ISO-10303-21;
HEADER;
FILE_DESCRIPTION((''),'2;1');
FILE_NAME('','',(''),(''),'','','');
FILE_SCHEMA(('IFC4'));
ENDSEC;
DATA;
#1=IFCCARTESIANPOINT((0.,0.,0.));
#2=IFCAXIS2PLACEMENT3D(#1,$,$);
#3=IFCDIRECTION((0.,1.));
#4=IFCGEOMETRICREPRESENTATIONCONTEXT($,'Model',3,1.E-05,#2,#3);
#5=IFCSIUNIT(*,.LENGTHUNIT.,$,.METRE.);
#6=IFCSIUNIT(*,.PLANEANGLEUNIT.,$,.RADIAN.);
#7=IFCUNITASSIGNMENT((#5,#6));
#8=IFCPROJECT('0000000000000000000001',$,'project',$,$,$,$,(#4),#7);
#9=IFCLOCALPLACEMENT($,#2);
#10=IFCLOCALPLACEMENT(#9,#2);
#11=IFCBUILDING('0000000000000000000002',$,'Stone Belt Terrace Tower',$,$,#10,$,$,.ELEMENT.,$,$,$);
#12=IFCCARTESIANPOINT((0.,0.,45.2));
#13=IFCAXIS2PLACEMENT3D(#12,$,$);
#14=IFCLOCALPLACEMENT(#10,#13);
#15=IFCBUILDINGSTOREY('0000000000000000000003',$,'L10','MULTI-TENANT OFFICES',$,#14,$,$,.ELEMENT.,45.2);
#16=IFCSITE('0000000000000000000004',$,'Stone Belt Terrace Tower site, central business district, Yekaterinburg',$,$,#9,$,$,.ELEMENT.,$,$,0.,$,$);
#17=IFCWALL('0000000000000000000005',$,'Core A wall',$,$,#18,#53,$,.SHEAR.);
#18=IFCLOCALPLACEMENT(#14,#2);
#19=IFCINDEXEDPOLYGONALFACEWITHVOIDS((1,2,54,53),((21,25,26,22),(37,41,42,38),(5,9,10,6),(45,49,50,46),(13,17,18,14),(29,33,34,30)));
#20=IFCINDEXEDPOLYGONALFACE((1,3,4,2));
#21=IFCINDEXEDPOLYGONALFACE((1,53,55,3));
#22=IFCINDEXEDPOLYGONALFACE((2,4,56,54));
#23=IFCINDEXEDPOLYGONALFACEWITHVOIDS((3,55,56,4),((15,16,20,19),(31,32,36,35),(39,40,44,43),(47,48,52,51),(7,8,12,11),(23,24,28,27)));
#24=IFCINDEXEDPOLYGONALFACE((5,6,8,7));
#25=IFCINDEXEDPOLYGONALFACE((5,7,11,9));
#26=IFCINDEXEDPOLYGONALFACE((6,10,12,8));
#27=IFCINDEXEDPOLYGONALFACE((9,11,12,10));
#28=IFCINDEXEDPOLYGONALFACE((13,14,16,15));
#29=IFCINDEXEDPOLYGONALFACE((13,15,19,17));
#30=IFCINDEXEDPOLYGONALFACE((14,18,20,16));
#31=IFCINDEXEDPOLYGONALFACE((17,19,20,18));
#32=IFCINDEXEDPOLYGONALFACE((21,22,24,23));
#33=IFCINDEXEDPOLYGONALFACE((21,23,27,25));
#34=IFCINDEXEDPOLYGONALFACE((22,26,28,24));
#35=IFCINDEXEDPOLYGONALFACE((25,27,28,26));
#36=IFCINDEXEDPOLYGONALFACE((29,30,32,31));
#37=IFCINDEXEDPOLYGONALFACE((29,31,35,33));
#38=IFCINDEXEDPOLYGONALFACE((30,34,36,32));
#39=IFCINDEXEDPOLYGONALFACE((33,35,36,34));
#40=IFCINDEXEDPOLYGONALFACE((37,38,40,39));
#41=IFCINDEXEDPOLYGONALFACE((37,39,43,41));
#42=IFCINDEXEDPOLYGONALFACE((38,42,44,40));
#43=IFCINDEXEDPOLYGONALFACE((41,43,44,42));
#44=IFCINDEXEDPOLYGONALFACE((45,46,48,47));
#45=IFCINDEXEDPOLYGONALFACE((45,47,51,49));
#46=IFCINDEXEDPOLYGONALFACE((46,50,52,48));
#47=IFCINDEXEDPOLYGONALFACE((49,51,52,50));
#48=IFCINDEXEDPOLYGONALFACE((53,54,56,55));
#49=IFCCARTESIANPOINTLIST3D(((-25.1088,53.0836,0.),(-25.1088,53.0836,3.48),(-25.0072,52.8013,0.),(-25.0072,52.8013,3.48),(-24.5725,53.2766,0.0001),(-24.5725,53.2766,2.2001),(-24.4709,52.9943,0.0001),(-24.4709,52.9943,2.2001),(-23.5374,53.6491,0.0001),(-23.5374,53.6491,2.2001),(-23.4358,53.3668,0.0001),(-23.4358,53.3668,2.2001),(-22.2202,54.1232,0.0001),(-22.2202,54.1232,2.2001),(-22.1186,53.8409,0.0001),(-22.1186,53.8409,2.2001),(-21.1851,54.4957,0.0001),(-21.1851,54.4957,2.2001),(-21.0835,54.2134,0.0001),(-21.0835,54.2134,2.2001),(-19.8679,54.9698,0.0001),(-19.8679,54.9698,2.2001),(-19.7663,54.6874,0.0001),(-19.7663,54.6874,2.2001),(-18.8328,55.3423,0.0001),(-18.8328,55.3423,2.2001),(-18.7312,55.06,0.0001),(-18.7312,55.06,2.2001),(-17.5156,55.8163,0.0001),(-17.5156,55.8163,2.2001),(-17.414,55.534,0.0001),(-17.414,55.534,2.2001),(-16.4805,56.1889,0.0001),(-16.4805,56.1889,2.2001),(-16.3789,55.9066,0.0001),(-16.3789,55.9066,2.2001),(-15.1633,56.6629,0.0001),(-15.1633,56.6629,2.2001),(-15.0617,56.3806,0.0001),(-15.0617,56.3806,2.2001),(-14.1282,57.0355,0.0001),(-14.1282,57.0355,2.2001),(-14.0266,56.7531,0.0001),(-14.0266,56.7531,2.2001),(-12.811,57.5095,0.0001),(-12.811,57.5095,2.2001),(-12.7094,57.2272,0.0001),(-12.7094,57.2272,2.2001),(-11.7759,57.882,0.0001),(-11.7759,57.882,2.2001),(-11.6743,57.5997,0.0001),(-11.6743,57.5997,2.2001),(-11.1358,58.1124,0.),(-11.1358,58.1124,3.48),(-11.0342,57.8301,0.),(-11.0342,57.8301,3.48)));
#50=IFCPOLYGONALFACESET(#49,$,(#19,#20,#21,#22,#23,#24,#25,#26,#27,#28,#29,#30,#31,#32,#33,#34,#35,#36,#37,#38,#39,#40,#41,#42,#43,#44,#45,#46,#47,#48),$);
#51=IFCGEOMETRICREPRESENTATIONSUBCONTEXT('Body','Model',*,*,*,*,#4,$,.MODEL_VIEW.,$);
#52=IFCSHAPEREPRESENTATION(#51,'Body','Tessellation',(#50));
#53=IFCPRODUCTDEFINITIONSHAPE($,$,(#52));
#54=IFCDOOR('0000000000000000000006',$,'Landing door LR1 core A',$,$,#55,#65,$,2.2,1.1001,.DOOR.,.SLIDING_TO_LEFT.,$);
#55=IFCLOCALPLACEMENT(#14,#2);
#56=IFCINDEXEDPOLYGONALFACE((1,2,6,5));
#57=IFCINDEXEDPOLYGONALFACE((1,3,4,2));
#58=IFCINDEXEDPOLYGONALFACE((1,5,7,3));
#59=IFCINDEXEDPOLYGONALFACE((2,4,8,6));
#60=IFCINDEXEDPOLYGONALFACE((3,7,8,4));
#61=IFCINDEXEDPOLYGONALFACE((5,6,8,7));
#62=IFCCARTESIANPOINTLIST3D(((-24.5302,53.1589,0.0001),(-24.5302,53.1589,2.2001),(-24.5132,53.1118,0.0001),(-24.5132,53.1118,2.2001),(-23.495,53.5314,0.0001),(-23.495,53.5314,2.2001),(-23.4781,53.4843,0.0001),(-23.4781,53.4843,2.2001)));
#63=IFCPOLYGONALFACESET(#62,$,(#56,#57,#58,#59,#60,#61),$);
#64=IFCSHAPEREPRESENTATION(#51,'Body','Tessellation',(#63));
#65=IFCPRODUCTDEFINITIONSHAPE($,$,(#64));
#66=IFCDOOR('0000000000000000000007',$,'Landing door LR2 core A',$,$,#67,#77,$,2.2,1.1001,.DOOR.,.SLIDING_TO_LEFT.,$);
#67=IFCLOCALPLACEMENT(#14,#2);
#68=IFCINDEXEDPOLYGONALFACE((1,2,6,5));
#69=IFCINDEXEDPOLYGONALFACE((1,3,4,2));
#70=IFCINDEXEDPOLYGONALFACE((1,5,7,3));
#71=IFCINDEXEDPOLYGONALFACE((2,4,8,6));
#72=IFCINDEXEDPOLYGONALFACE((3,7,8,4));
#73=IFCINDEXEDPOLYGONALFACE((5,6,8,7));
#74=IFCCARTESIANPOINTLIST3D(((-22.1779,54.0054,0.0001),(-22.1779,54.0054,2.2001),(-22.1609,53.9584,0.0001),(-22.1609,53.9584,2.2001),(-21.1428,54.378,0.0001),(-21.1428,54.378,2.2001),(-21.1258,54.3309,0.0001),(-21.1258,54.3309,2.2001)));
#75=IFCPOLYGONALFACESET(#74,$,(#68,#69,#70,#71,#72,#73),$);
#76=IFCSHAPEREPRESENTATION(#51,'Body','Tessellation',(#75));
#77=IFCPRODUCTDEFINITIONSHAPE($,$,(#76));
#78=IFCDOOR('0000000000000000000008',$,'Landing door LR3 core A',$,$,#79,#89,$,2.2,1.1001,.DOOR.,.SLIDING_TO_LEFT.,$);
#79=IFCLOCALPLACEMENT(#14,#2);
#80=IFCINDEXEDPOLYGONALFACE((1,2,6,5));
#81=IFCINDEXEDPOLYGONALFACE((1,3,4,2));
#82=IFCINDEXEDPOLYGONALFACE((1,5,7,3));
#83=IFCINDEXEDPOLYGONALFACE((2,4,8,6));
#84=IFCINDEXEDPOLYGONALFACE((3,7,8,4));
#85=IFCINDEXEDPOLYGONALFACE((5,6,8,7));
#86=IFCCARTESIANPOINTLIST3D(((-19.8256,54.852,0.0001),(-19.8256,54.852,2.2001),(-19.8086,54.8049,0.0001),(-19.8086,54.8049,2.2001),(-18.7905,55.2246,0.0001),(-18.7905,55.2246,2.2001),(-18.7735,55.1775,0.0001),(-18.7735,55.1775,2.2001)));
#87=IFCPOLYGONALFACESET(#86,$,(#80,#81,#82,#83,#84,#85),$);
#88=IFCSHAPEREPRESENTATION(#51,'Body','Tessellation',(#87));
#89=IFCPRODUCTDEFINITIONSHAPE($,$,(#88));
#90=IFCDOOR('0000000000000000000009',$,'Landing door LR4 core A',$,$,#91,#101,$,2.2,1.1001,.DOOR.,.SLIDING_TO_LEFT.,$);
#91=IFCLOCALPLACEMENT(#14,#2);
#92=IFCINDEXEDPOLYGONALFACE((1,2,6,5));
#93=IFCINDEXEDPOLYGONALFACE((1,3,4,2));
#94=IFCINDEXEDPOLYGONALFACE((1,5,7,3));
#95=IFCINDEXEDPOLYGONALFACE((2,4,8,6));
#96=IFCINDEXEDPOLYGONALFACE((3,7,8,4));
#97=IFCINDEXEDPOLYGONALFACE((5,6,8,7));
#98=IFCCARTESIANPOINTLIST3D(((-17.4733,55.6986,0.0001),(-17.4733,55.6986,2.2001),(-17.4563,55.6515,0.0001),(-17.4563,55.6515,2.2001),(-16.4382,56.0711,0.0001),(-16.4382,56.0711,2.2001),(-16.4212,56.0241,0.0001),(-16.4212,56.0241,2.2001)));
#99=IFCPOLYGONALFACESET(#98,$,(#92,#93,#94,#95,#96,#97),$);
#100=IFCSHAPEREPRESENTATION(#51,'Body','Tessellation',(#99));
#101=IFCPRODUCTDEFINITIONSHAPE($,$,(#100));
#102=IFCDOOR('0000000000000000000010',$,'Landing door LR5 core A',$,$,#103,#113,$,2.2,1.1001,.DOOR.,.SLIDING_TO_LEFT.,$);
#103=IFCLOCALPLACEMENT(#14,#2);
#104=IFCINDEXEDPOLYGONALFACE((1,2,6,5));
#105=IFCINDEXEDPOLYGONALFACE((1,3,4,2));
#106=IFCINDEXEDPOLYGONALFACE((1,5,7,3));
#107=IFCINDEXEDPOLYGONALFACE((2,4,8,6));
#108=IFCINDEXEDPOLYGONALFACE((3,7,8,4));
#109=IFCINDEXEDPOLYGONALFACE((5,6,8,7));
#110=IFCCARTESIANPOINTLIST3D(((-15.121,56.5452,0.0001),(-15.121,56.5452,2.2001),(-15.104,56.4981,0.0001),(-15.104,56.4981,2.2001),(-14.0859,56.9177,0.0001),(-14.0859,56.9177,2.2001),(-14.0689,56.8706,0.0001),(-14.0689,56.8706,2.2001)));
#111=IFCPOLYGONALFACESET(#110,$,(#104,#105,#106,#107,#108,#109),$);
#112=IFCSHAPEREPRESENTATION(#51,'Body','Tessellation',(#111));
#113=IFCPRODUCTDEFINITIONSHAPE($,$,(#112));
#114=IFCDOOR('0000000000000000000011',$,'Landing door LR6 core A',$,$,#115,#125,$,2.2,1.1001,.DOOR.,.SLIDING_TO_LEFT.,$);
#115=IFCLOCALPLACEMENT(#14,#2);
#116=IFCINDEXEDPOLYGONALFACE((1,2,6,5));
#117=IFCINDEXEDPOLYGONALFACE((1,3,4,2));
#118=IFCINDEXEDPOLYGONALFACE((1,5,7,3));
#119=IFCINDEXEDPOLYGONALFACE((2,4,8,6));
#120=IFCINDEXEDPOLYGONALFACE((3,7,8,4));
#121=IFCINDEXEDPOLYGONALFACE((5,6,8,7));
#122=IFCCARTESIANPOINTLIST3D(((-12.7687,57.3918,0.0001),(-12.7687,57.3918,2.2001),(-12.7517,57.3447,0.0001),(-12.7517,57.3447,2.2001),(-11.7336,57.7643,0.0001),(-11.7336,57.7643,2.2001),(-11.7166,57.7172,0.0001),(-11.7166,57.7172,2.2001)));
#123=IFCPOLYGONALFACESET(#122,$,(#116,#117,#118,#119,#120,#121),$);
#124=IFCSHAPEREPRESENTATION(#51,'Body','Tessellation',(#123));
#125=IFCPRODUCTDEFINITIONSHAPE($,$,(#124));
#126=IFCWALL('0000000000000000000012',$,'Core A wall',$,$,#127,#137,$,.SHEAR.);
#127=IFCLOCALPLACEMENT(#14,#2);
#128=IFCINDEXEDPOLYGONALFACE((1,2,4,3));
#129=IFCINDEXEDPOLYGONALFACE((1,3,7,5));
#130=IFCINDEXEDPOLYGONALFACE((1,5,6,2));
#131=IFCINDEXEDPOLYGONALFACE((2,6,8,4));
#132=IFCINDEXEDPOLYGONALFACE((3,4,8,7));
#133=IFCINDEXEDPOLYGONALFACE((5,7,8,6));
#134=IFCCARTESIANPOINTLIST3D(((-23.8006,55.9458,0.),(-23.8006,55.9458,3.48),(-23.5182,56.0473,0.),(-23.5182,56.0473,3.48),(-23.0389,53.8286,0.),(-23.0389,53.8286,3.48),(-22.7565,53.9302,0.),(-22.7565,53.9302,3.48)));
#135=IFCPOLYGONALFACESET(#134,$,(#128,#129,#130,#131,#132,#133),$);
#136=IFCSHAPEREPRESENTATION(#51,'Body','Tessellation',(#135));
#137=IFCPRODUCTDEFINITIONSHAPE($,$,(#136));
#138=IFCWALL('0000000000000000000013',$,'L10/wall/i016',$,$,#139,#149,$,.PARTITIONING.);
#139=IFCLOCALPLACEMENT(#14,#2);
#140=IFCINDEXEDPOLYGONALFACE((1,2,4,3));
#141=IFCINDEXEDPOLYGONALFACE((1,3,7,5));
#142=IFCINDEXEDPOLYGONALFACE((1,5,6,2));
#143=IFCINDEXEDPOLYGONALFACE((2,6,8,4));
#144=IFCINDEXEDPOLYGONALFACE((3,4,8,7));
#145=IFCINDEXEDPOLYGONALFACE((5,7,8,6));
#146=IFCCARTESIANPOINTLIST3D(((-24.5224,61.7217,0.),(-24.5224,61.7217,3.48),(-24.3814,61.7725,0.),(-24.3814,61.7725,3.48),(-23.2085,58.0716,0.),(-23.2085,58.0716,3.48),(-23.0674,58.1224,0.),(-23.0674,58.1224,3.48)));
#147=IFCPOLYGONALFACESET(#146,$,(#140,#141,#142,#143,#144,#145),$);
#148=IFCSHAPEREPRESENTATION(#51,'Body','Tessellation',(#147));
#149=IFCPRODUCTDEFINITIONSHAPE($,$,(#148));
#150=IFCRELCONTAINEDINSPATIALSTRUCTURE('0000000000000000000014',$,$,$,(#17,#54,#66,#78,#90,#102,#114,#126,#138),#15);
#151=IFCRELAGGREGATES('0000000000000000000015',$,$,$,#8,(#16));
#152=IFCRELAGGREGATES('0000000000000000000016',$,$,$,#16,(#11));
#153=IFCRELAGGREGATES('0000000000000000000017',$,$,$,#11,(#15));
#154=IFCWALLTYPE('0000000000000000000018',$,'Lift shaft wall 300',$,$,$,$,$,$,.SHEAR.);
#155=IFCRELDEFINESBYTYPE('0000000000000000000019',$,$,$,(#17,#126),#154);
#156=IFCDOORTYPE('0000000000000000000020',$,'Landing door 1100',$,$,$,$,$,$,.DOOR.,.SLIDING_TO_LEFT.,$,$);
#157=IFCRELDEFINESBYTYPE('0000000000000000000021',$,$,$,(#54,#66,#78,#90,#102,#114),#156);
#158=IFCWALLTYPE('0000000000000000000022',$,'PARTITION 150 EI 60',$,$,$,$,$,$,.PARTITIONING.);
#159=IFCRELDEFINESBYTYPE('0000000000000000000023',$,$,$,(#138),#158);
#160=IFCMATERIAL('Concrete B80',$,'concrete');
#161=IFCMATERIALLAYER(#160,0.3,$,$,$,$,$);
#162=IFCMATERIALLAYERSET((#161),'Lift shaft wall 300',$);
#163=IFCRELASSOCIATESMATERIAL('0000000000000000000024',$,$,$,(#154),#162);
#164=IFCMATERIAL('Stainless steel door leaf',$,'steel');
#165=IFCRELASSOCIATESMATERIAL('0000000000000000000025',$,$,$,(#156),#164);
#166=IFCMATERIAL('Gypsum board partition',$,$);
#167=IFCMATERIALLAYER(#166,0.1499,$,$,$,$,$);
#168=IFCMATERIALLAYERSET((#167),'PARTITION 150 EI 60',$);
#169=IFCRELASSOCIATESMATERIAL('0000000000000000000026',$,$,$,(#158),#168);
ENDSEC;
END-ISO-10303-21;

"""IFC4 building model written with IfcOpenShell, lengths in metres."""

from ifc_helpers import new_model, si_unit, direction, frame, frame_2d, origin, place, context, subcontext, project, spatial, rectangle, extrude, material, layer, layer_set, type_object, element, fill, save


model = new_model("IFC4")

# Units and contexts
model_context = context("Model", 3, precision=1e-05, world=origin(), true_north=direction((0.0, 1.0)))
body_context = subcontext(model_context, "Body", "Model", "MODEL_VIEW")
ifc_project = project(units=[si_unit("LENGTHUNIT", "METRE"), si_unit("PLANEANGLEUNIT", "RADIAN")], contexts=[model_context])

# Site, building, storey
site_placement = place(None, origin())
site = spatial("IfcSite", under=ifc_project, at=site_placement, Name="Stone Belt Terrace Tower site, central business district, Yekaterinburg", CompositionType="ELEMENT", RefElevation=0.0)
building_placement = place(site_placement, origin())
building = spatial("IfcBuilding", under=site, at=building_placement, Name="Stone Belt Terrace Tower", CompositionType="ELEMENT")
storey_placement = place(building_placement, frame((0.0, 0.0, 45.2)))
storey = spatial("IfcBuildingStorey", under=building, at=storey_placement, Name="L10", Description="MULTI-TENANT OFFICES", CompositionType="ELEMENT", Elevation=45.2)

# Shared definitions
ifc_material_1 = material(Name="Concrete B80", Category="concrete")

# Shared definitions
ifc_layer_1 = layer(ifc_material_1, 0.3)
ifc_layer_set_1 = layer_set([ifc_layer_1], Name="Lift shaft wall 300")
wall_type_1 = type_object("IfcWallType", Name="Lift shaft wall 300", PredefinedType="SHEAR", material=ifc_layer_set_1)
ifc_material_2 = material(Name="Stainless steel door leaf", Category="steel")

# Wall, openings, doors
wall_1_placement = place(storey_placement, frame((-25.0581, 52.9424, 0.0), z_axis=(0.0, 0.0, 1.0), x_axis=(0.940918, 0.338634, 0.0)))
wall_1 = element("IfcWall", 1, at=wall_1_placement, inside=storey, type_object=wall_type_1, Name="Core A wall", PredefinedType="SHEAR", context=body_context, shape_type="SweptSolid", body=[
    extrude(rectangle(XDim=14.8503, YDim=0.3, at=frame_2d((7.4253, 0.0))), origin(), (0.0, 0.0, 1.0), 3.48),
])
opening_1_placement = place(wall_1_placement, frame((0.5701, 0.0, 0.0)))
opening_1 = element("IfcOpeningElement", 2, at=opening_1_placement, cuts=wall_1, PredefinedType="OPENING", context=body_context, shape_type="SweptSolid", body=[
    extrude(rectangle(XDim=1.1001, YDim=2.2, at=frame_2d((0.55, 1.1001))), frame((0.0, 0.1599, 0.0), z_axis=(0.0, -1.0, 0.0), x_axis=(1.0, 0.0, 0.0)), (0.0, 0.0, 1.0), 0.3201),
])
opening_2_placement = place(wall_1_placement, frame((3.0701, 0.0, 0.0)))
opening_2 = element("IfcOpeningElement", 3, at=opening_2_placement, cuts=wall_1, PredefinedType="OPENING", context=body_context, shape_type="SweptSolid", body=[
    extrude(rectangle(XDim=1.1001, YDim=2.2, at=frame_2d((0.55, 1.1001))), frame((0.0, 0.1599, 0.0), z_axis=(0.0, -1.0, 0.0), x_axis=(1.0, 0.0, 0.0)), (0.0, 0.0, 1.0), 0.3201),
])
opening_3_placement = place(wall_1_placement, frame((5.5701, 0.0, 0.0)))
opening_3 = element("IfcOpeningElement", 4, at=opening_3_placement, cuts=wall_1, PredefinedType="OPENING", context=body_context, shape_type="SweptSolid", body=[
    extrude(rectangle(XDim=1.1001, YDim=2.2, at=frame_2d((0.55, 1.1001))), frame((0.0, 0.1599, 0.0), z_axis=(0.0, -1.0, 0.0), x_axis=(1.0, 0.0, 0.0)), (0.0, 0.0, 1.0), 0.3201),
])
opening_4_placement = place(wall_1_placement, frame((8.0701, 0.0, 0.0)))
opening_4 = element("IfcOpeningElement", 5, at=opening_4_placement, cuts=wall_1, PredefinedType="OPENING", context=body_context, shape_type="SweptSolid", body=[
    extrude(rectangle(XDim=1.1001, YDim=2.2, at=frame_2d((0.55, 1.1001))), frame((0.0, 0.1599, 0.0), z_axis=(0.0, -1.0, 0.0), x_axis=(1.0, 0.0, 0.0)), (0.0, 0.0, 1.0), 0.3201),
])
opening_5_placement = place(wall_1_placement, frame((10.5701, 0.0, 0.0)))
opening_5 = element("IfcOpeningElement", 6, at=opening_5_placement, cuts=wall_1, PredefinedType="OPENING", context=body_context, shape_type="SweptSolid", body=[
    extrude(rectangle(XDim=1.1001, YDim=2.2, at=frame_2d((0.55, 1.1001))), frame((0.0, 0.1599, 0.0), z_axis=(0.0, -1.0, 0.0), x_axis=(1.0, 0.0, 0.0)), (0.0, 0.0, 1.0), 0.3201),
])
opening_6_placement = place(wall_1_placement, frame((13.0701, 0.0, 0.0)))
opening_6 = element("IfcOpeningElement", 7, at=opening_6_placement, cuts=wall_1, PredefinedType="OPENING", context=body_context, shape_type="SweptSolid", body=[
    extrude(rectangle(XDim=1.1001, YDim=2.2, at=frame_2d((0.55, 1.1001))), frame((0.0, 0.1599, 0.0), z_axis=(0.0, -1.0, 0.0), x_axis=(1.0, 0.0, 0.0)), (0.0, 0.0, 1.0), 0.3201),
])
door_type_1 = type_object("IfcDoorType", Name="Landing door 1100", OperationType="SLIDING_TO_LEFT", PredefinedType="DOOR", material=ifc_material_2)
door_1_placement = place(opening_1_placement, origin())
door_1 = element("IfcDoor", 8, at=door_1_placement, inside=storey, type_object=door_type_1, Name="Landing door LR1 core A", OperationType="SLIDING_TO_LEFT", OverallHeight=2.2, OverallWidth=1.1001, PredefinedType="DOOR", context=body_context, shape_type="SweptSolid", body=[
    extrude(rectangle(XDim=1.1001, YDim=2.2, at=frame_2d((0.55, 1.1001))), frame((0.0, 0.0249, 0.0), z_axis=(0.0, -1.0, 0.0), x_axis=(1.0, 0.0, 0.0)), (0.0, 0.0, 1.0), 0.05),
])
fill(opening_1, door_1)
door_2_placement = place(opening_2_placement, origin())
door_2 = element("IfcDoor", 9, at=door_2_placement, inside=storey, type_object=door_type_1, Name="Landing door LR2 core A", OperationType="SLIDING_TO_LEFT", OverallHeight=2.2, OverallWidth=1.1001, PredefinedType="DOOR", context=body_context, shape_type="SweptSolid", body=[
    extrude(rectangle(XDim=1.1001, YDim=2.2, at=frame_2d((0.55, 1.1001))), frame((0.0, 0.0249, 0.0), z_axis=(0.0, -1.0, 0.0), x_axis=(1.0, 0.0, 0.0)), (0.0, 0.0, 1.0), 0.05),
])
fill(opening_2, door_2)
door_3_placement = place(opening_3_placement, origin())
door_3 = element("IfcDoor", 10, at=door_3_placement, inside=storey, type_object=door_type_1, Name="Landing door LR3 core A", OperationType="SLIDING_TO_LEFT", OverallHeight=2.2, OverallWidth=1.1001, PredefinedType="DOOR", context=body_context, shape_type="SweptSolid", body=[
    extrude(rectangle(XDim=1.1001, YDim=2.2, at=frame_2d((0.55, 1.1001))), frame((0.0, 0.0249, 0.0), z_axis=(0.0, -1.0, 0.0), x_axis=(1.0, 0.0, 0.0)), (0.0, 0.0, 1.0), 0.05),
])
fill(opening_3, door_3)
door_4_placement = place(opening_4_placement, origin())
door_4 = element("IfcDoor", 11, at=door_4_placement, inside=storey, type_object=door_type_1, Name="Landing door LR4 core A", OperationType="SLIDING_TO_LEFT", OverallHeight=2.2, OverallWidth=1.1001, PredefinedType="DOOR", context=body_context, shape_type="SweptSolid", body=[
    extrude(rectangle(XDim=1.1001, YDim=2.2, at=frame_2d((0.55, 1.1001))), frame((0.0, 0.0249, 0.0), z_axis=(0.0, -1.0, 0.0), x_axis=(1.0, 0.0, 0.0)), (0.0, 0.0, 1.0), 0.05),
])
fill(opening_4, door_4)
door_5_placement = place(opening_5_placement, origin())
door_5 = element("IfcDoor", 12, at=door_5_placement, inside=storey, type_object=door_type_1, Name="Landing door LR5 core A", OperationType="SLIDING_TO_LEFT", OverallHeight=2.2, OverallWidth=1.1001, PredefinedType="DOOR", context=body_context, shape_type="SweptSolid", body=[
    extrude(rectangle(XDim=1.1001, YDim=2.2, at=frame_2d((0.55, 1.1001))), frame((0.0, 0.0249, 0.0), z_axis=(0.0, -1.0, 0.0), x_axis=(1.0, 0.0, 0.0)), (0.0, 0.0, 1.0), 0.05),
])
fill(opening_5, door_5)
door_6_placement = place(opening_6_placement, origin())
door_6 = element("IfcDoor", 13, at=door_6_placement, inside=storey, type_object=door_type_1, Name="Landing door LR6 core A", OperationType="SLIDING_TO_LEFT", OverallHeight=2.2, OverallWidth=1.1001, PredefinedType="DOOR", context=body_context, shape_type="SweptSolid", body=[
    extrude(rectangle(XDim=1.1001, YDim=2.2, at=frame_2d((0.55, 1.1001))), frame((0.0, 0.0249, 0.0), z_axis=(0.0, -1.0, 0.0), x_axis=(1.0, 0.0, 0.0)), (0.0, 0.0, 1.0), 0.05),
])
fill(opening_6, door_6)

# Walls
wall_2_placement = place(storey_placement, frame((-22.8977, 53.8794, 0.0), z_axis=(0.0, 0.0, 1.0), x_axis=(-0.338535, 0.940954, 0.0)))
element("IfcWall", 14, at=wall_2_placement, inside=storey, type_object=wall_type_1, Name="Core A wall", PredefinedType="SHEAR", context=body_context, shape_type="SweptSolid", body=[
    extrude(rectangle(XDim=2.25, YDim=0.3, at=frame_2d((1.125, 0.0))), origin(), (0.0, 0.0, 1.0), 3.48),
])
ifc_material_3 = material(Name="Gypsum board partition")
ifc_layer_2 = layer(ifc_material_3, 0.1499)
ifc_layer_set_2 = layer_set([ifc_layer_2], Name="PARTITION 150 EI 60")
wall_type_2 = type_object("IfcWallType", Name="PARTITION 150 EI 60", PredefinedType="PARTITIONING", material=ifc_layer_set_2)
wall_3_placement = place(storey_placement, frame((-24.4519, 61.7471, 0.0), z_axis=(0.0, 0.0, 1.0), x_axis=(0.338699, -0.940895, 0.0)))
element("IfcWall", 15, at=wall_3_placement, inside=storey, type_object=wall_type_2, Name="L10/wall/i016", PredefinedType="PARTITIONING", context=body_context, shape_type="SweptSolid", body=[
    extrude(rectangle(XDim=3.8794, YDim=0.1499, at=frame_2d((1.9397, 0.0))), origin(), (0.0, 0.0, 1.0), 3.48),
])

save(model, "model.ifc")
